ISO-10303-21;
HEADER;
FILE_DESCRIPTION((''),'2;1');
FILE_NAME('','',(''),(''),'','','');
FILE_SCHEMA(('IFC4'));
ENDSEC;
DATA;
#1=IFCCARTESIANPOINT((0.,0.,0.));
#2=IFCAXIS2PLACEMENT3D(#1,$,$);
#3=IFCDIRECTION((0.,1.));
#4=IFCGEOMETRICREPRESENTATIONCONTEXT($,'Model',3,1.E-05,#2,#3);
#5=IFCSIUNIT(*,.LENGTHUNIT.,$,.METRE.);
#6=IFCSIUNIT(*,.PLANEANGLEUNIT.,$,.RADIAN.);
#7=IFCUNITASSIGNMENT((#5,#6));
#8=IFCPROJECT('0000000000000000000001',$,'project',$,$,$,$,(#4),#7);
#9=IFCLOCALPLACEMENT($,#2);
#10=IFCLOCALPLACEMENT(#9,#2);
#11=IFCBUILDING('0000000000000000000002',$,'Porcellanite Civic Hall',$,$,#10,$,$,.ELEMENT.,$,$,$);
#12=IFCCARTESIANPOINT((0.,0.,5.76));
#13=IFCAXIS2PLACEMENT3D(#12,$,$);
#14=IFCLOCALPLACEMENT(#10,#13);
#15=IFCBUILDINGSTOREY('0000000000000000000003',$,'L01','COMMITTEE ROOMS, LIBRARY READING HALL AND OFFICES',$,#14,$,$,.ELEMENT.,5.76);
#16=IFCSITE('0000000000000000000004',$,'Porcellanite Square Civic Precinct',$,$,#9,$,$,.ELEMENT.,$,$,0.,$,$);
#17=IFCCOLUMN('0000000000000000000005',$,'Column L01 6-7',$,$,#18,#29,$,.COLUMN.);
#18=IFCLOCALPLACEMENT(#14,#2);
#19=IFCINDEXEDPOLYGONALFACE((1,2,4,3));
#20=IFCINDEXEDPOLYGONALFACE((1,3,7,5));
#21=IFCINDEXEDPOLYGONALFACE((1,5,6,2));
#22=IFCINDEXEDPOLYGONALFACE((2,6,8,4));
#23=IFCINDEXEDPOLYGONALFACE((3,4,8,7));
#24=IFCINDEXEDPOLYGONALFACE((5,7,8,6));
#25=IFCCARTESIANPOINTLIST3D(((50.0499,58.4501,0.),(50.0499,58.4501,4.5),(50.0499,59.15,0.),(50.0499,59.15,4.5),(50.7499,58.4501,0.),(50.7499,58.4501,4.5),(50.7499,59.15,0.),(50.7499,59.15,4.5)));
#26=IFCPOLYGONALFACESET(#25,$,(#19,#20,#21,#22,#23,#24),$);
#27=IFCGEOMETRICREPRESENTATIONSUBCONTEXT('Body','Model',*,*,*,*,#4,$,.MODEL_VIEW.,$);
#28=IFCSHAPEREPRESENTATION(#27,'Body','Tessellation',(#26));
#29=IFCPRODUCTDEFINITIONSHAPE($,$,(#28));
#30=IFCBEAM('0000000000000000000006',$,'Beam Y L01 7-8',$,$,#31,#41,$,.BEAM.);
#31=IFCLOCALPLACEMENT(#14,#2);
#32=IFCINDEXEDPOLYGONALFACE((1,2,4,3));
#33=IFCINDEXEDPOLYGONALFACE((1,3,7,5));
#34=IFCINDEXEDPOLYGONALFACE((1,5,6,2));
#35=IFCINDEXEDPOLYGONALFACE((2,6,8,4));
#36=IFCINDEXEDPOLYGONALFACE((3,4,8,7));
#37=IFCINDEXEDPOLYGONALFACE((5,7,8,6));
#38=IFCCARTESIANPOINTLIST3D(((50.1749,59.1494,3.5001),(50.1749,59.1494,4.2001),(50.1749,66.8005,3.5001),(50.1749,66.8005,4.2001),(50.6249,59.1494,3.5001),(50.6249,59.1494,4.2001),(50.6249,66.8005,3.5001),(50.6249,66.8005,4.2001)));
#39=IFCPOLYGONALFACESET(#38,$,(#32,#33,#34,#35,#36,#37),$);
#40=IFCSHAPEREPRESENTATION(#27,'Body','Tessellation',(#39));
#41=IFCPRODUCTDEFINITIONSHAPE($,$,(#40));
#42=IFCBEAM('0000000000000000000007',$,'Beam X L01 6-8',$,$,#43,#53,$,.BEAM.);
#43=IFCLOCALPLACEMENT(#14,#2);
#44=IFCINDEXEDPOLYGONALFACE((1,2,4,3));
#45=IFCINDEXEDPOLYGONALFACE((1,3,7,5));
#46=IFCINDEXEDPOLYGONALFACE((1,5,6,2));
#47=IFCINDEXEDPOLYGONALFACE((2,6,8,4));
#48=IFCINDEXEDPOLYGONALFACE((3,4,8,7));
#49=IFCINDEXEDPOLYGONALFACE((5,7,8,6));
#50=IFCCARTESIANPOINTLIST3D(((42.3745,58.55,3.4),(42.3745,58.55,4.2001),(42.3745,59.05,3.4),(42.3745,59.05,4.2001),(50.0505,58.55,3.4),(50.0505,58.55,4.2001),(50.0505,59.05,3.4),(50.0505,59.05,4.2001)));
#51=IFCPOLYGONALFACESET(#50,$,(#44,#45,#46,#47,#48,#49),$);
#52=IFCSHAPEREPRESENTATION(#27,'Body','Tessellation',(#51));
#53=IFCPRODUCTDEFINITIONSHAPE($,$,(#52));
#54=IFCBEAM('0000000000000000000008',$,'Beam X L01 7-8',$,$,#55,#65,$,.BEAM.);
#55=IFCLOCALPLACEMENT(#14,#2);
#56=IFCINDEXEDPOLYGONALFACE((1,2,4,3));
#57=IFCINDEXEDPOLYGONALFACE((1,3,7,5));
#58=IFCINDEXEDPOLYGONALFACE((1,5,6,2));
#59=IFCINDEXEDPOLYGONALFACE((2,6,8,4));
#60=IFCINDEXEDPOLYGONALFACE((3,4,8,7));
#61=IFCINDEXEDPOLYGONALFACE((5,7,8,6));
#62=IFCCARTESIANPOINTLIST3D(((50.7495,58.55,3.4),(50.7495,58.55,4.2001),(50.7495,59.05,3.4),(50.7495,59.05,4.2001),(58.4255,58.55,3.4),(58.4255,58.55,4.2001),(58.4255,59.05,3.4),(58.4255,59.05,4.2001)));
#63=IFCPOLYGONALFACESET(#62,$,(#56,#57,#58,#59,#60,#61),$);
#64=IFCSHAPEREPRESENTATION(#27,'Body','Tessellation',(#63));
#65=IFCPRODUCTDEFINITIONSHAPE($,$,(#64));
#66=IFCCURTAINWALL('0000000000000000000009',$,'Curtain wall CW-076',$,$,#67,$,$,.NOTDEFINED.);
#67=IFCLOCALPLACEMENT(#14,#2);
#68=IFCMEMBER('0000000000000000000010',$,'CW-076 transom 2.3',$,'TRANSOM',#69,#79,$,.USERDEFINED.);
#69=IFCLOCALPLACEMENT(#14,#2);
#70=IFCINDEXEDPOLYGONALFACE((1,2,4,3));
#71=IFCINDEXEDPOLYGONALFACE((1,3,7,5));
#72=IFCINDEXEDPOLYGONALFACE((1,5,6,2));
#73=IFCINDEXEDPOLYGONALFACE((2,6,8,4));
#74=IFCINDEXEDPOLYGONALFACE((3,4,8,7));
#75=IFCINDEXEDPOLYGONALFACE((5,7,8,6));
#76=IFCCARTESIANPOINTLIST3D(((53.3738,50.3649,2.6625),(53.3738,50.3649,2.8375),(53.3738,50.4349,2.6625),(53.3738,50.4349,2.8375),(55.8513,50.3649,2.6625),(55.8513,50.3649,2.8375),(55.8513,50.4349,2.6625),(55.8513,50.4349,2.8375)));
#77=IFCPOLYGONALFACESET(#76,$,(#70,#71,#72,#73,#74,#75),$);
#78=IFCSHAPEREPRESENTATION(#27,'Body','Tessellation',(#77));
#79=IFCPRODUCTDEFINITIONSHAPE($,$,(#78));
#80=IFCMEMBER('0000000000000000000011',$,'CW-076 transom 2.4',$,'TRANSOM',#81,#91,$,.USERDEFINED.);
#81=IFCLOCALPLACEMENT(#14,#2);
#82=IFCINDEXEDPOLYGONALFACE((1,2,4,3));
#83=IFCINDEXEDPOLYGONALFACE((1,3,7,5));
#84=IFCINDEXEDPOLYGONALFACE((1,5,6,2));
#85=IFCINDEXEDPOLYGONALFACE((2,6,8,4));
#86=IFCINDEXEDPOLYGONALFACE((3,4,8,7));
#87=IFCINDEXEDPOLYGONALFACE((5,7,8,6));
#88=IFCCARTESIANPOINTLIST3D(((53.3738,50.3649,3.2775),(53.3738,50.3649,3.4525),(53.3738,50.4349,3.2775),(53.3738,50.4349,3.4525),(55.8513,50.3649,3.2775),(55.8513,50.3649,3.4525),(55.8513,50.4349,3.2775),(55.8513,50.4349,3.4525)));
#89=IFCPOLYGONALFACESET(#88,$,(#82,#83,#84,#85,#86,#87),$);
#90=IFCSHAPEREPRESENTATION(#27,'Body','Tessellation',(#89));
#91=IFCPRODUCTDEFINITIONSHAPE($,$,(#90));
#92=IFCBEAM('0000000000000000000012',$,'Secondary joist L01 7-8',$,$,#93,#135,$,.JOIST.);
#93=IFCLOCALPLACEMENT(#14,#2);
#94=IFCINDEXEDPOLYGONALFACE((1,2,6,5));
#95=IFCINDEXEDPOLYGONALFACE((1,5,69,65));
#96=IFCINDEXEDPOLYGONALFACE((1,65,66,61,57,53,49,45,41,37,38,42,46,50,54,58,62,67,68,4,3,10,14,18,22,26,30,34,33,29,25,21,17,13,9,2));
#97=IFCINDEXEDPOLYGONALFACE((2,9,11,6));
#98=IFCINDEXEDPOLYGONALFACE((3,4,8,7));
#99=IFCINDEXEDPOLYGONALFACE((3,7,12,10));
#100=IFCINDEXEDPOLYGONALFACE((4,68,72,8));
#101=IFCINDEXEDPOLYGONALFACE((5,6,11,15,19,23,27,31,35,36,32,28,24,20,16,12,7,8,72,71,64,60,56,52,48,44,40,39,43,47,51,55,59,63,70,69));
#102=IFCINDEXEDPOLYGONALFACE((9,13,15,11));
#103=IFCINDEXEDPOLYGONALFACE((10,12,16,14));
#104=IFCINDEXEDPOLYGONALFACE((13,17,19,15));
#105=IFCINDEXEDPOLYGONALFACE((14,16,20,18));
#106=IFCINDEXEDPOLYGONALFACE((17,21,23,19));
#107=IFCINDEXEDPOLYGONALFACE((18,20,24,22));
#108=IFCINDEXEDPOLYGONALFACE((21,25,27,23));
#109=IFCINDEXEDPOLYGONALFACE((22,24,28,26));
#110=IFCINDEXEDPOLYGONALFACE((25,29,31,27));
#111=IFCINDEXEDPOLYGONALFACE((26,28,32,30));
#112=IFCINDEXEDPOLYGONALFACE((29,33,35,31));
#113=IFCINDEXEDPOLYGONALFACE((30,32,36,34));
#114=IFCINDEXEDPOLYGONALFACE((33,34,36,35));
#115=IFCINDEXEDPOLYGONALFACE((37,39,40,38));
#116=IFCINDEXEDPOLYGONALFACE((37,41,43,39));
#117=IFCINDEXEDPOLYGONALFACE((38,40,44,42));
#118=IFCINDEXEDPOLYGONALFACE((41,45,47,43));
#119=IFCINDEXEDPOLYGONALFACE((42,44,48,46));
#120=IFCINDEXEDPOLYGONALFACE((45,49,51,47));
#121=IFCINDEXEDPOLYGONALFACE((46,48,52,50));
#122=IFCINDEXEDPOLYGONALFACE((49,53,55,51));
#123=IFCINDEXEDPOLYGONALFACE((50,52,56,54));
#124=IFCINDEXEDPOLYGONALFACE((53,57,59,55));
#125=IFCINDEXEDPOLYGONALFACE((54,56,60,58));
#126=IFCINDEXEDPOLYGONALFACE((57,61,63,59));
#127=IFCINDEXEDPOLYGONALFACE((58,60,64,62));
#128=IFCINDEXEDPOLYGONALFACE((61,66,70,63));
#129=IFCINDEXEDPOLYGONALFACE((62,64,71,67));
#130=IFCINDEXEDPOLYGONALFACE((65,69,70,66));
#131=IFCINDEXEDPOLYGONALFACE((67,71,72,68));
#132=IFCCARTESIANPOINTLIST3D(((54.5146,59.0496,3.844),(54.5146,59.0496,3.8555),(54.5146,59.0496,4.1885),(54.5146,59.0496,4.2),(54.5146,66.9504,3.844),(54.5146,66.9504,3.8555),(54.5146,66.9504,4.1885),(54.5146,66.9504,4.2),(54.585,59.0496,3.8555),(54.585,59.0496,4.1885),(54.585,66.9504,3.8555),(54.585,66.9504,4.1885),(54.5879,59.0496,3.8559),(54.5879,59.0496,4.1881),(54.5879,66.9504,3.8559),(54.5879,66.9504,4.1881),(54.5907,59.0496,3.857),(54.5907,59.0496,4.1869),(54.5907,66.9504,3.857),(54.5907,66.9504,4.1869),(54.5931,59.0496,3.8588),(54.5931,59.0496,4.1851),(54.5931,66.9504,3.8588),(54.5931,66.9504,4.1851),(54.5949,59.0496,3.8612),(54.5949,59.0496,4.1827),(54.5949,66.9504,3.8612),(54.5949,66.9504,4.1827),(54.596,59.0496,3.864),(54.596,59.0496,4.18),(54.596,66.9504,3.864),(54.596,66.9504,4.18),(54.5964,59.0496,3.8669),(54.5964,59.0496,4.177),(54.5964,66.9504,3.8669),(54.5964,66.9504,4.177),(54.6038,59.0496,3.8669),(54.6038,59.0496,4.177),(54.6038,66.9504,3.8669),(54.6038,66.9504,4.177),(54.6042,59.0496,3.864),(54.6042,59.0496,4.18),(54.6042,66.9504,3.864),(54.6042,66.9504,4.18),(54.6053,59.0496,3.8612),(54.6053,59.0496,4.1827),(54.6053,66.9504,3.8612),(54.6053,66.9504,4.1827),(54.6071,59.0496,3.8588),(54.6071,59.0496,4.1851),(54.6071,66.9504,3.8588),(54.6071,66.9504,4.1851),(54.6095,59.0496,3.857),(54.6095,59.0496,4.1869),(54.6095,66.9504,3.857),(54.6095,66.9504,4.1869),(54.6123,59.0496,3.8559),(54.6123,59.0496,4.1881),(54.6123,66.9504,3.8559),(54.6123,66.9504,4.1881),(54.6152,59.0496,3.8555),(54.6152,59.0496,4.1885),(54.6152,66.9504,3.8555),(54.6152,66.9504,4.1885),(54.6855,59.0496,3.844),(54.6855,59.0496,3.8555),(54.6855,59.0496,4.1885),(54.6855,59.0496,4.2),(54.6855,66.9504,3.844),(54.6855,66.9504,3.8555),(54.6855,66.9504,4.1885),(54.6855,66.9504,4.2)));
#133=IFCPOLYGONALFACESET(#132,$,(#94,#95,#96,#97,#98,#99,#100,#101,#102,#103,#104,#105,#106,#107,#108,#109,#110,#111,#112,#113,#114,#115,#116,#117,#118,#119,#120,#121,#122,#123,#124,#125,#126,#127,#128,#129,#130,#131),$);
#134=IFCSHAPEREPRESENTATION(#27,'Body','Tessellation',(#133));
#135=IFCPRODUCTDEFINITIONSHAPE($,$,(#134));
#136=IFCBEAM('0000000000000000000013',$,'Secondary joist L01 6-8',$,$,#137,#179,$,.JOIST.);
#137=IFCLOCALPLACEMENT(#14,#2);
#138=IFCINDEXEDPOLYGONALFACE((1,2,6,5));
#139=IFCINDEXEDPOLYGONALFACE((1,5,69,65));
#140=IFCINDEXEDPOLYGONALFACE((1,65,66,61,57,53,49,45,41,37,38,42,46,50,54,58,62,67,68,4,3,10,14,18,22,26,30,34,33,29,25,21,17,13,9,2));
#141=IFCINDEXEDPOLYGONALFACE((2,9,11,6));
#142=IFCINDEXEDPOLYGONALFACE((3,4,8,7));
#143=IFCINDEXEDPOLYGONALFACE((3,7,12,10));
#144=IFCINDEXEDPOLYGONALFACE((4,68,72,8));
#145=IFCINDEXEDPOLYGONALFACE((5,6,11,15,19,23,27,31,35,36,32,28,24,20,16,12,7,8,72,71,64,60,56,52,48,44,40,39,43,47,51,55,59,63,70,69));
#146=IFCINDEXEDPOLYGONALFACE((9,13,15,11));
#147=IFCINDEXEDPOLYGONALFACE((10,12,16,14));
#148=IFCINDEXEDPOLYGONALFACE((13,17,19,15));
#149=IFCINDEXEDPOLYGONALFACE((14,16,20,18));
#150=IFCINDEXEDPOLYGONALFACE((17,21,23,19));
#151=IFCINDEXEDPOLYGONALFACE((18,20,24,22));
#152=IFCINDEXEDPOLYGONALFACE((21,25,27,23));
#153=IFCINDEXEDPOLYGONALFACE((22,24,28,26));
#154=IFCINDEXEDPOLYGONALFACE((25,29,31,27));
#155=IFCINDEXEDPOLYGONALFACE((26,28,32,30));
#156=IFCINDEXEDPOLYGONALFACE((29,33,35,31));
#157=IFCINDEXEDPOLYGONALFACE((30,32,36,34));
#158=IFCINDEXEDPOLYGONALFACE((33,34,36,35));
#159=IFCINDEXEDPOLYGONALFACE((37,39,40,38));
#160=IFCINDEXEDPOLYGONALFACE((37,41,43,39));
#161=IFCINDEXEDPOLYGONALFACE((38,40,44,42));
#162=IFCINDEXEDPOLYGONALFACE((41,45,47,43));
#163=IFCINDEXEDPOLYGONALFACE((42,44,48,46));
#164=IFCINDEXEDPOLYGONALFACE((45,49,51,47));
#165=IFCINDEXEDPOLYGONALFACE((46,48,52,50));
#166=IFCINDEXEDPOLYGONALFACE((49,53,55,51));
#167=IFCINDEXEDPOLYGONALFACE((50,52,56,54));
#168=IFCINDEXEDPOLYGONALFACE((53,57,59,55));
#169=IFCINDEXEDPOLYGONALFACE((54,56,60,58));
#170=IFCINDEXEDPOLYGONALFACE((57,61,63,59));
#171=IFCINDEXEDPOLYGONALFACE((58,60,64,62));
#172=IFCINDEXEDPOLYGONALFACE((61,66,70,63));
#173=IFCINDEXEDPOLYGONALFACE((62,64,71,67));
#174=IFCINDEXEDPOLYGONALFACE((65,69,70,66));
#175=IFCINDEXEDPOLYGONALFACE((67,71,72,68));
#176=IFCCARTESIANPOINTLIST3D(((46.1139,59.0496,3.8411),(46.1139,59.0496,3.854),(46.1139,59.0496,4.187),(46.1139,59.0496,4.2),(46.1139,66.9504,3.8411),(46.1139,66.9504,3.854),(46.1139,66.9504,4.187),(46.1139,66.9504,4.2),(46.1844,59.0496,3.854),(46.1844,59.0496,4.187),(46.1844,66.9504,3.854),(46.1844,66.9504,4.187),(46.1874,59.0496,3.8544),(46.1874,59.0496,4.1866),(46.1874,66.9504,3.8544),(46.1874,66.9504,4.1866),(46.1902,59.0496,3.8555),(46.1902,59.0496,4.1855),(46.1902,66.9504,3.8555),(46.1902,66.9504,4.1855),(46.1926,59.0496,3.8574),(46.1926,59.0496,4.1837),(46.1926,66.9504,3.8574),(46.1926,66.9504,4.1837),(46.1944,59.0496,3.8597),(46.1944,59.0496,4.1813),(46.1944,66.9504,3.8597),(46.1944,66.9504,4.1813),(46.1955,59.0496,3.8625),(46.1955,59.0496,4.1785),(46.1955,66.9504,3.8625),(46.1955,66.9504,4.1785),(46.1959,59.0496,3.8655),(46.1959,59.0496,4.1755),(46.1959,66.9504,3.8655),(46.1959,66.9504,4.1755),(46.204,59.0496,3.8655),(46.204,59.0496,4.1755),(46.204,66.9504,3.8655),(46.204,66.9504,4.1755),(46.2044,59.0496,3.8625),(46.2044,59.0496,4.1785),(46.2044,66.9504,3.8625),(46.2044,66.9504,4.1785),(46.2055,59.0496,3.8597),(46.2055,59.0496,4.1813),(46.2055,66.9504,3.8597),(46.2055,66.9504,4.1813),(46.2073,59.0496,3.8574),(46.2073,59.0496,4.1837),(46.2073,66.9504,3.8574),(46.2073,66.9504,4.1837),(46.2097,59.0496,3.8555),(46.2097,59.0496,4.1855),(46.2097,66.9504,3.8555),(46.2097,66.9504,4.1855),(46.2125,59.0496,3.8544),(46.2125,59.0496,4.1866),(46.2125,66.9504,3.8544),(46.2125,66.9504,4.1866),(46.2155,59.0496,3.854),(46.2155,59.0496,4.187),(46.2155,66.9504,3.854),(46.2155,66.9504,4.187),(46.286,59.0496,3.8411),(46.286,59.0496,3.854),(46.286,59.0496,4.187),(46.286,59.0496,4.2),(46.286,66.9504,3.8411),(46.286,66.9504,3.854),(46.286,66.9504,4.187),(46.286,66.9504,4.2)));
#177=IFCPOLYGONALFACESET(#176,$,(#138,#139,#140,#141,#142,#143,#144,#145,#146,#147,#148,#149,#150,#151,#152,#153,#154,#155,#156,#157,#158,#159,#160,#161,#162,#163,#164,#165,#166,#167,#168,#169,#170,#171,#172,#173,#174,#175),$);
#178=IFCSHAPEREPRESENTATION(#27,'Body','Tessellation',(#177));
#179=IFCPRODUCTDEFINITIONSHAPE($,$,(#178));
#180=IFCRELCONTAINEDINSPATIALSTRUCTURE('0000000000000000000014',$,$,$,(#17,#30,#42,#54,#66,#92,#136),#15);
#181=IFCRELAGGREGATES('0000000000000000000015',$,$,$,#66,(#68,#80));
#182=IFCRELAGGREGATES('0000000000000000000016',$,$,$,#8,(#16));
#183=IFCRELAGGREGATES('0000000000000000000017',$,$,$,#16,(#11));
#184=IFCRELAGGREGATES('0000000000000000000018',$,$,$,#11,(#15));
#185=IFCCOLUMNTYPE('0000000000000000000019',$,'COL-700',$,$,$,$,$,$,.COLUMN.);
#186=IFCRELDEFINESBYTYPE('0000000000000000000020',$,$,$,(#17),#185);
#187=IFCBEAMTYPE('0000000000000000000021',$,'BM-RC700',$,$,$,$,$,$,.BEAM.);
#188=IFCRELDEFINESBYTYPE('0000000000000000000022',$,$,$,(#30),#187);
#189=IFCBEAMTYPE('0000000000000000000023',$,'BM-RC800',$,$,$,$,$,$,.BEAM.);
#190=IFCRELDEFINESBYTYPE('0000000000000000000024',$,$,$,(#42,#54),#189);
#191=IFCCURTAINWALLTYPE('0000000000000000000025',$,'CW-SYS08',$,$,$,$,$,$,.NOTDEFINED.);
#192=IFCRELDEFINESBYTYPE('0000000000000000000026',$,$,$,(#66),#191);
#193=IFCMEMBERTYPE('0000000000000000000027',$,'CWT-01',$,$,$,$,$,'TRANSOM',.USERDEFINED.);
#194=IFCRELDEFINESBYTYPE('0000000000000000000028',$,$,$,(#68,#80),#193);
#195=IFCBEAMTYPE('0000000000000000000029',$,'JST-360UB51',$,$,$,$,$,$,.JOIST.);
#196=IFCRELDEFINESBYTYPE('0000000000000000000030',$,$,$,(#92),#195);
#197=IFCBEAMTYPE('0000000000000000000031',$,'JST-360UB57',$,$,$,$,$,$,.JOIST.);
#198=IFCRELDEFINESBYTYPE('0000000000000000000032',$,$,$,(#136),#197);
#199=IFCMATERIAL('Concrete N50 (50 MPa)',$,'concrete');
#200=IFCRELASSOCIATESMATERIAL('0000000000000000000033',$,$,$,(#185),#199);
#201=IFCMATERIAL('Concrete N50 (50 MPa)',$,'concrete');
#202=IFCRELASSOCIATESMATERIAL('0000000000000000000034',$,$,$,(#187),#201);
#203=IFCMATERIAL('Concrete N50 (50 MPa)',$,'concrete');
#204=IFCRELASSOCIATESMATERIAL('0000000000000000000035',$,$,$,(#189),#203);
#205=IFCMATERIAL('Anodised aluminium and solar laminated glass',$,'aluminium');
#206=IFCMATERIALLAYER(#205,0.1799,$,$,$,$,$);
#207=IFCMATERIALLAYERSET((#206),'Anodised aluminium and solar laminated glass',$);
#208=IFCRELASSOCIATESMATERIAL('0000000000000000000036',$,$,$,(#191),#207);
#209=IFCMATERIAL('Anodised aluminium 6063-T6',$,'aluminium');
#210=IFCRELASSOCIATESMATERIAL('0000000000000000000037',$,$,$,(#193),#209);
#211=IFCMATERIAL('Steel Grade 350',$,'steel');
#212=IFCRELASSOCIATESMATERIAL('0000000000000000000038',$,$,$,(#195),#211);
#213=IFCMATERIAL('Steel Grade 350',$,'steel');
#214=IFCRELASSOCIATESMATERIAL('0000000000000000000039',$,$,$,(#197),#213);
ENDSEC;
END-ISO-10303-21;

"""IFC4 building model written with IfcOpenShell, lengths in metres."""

from ifc_helpers import new_model, si_unit, direction, frame, origin, origin_2d, place, context, subcontext, project, spatial, rectangle, i_section, extrude, material, layer, layer_set, material_profile, profile_set, type_object, element, aggregate, save


model = new_model("IFC4")

# Units and contexts
model_context = context("Model", 3, precision=1e-05, world=origin(), true_north=direction((0.0, 1.0)))
body_context = subcontext(model_context, "Body", "Model", "MODEL_VIEW")
ifc_project = project(units=[si_unit("LENGTHUNIT", "METRE"), si_unit("PLANEANGLEUNIT", "RADIAN")], contexts=[model_context])

# Site, building, storey
site_placement = place(None, origin())
site = spatial("IfcSite", under=ifc_project, at=site_placement, Name="Porcellanite Square Civic Precinct", CompositionType="ELEMENT", RefElevation=0.0)
building_placement = place(site_placement, origin())
building = spatial("IfcBuilding", under=site, at=building_placement, Name="Porcellanite Civic Hall", CompositionType="ELEMENT")
storey_placement = place(building_placement, frame((0.0, 0.0, 5.76)))
storey = spatial("IfcBuildingStorey", under=building, at=storey_placement, Name="L01", Description="COMMITTEE ROOMS, LIBRARY READING HALL AND OFFICES", CompositionType="ELEMENT", Elevation=5.76)

# Column
ifc_material_1 = material(Name="Concrete N50 (50 MPa)", Category="concrete")
ifc_material_profile_1 = material_profile(ifc_material_1, rectangle(XDim=0.7, YDim=0.7, at=origin_2d()), Name="RC-700x700")
ifc_profile_set_1 = profile_set([ifc_material_profile_1], Name="Concrete N50 (50 MPa)")
column_type = type_object("IfcColumnType", Name="COL-700", PredefinedType="COLUMN", material=ifc_profile_set_1)
column_placement = place(storey_placement, frame((50.3999, 58.8, 0.0), z_axis=(0.0, 0.0, 1.0), x_axis=(1.0, 0.0, 0.0)))
element("IfcColumn", 1, at=column_placement, inside=storey, type_object=column_type, Name="Column L01 6-7", PredefinedType="COLUMN", context=body_context, shape_type="SweptSolid", body=[
    extrude(rectangle(XDim=0.7, YDim=0.7, at=origin_2d()), origin(), (0.0, 0.0, 1.0), 4.5),
])

# Beams
ifc_material_2 = material(Name="Concrete N50 (50 MPa)", Category="concrete")
ifc_material_profile_2 = material_profile(ifc_material_2, rectangle(XDim=0.45, YDim=0.7, at=origin_2d()), Name="RC-450x700")
ifc_profile_set_2 = profile_set([ifc_material_profile_2], Name="Concrete N50 (50 MPa)")
beam_type_1 = type_object("IfcBeamType", Name="BM-RC700", PredefinedType="BEAM", material=ifc_profile_set_2)
beam_1_placement = place(storey_placement, frame((50.3999, 59.1494, 3.8501), z_axis=(0.0, 1.0, 0.0), x_axis=(-1.0, 0.0, 0.0)))
element("IfcBeam", 2, at=beam_1_placement, inside=storey, type_object=beam_type_1, Name="Beam Y L01 7-8", PredefinedType="BEAM", context=body_context, shape_type="SweptSolid", body=[
    extrude(rectangle(XDim=0.45, YDim=0.7, at=origin_2d()), origin(), (0.0, 0.0, 1.0), 7.6511),
])
ifc_material_3 = material(Name="Concrete N50 (50 MPa)", Category="concrete")
ifc_material_profile_3 = material_profile(ifc_material_3, rectangle(XDim=0.5, YDim=0.8, at=origin_2d()), Name="RC-500x800")
ifc_profile_set_3 = profile_set([ifc_material_profile_3], Name="Concrete N50 (50 MPa)")
beam_type_2 = type_object("IfcBeamType", Name="BM-RC800", PredefinedType="BEAM", material=ifc_profile_set_3)
for number, where, z_axis, x_axis, name in (
    (3, (42.3745, 58.8, 3.8), (1.0, 0.0, 0.0), (0.0, 1.0, 0.0), "Beam X L01 6-8"),
    (4, (50.7495, 58.8, 3.8), (1.0, 0.0, 0.0), (0.0, 1.0, 0.0), "Beam X L01 7-8"),
):
    element("IfcBeam", number, at=place(storey_placement, frame(where, z_axis=z_axis, x_axis=x_axis)), inside=storey, type_object=beam_type_2, Name=name, PredefinedType="BEAM", context=body_context, shape_type="SweptSolid", body=[
        extrude(rectangle(XDim=0.5, YDim=0.8, at=origin_2d()), origin(), (0.0, 0.0, 1.0), 7.676),
    ])

# Curtain wall, members
ifc_material_4 = material(Name="Anodised aluminium and solar laminated glass", Category="aluminium")
ifc_layer_1 = layer(ifc_material_4, 0.1799)
ifc_layer_set_1 = layer_set([ifc_layer_1], Name="Anodised aluminium and solar laminated glass")
curtain_wall_type = type_object("IfcCurtainWallType", Name="CW-SYS08", PredefinedType="NOTDEFINED", material=ifc_layer_set_1)
curtain_wall_placement = place(storey_placement, origin())
curtain_wall = element("IfcCurtainWall", 5, at=curtain_wall_placement, inside=storey, type_object=curtain_wall_type, Name="Curtain wall CW-076", PredefinedType="NOTDEFINED")
ifc_material_5 = material(Name="Anodised aluminium 6063-T6", Category="aluminium")
ifc_material_profile_4 = material_profile(ifc_material_5, rectangle(XDim=0.0701, YDim=0.175, at=origin_2d()), Name="AL-70x175")
ifc_profile_set_4 = profile_set([ifc_material_profile_4], Name="Anodised aluminium 6063-T6")
member_type = type_object("IfcMemberType", Name="CWT-01", ElementType="TRANSOM", PredefinedType="USERDEFINED", material=ifc_profile_set_4)
member_1_placement = place(storey_placement, frame((55.8513, 50.3999, 2.75), z_axis=(-1.0, 0.0, 0.0), x_axis=(0.0, -1.0, 0.0)))
member_1 = element("IfcMember", 6, at=member_1_placement, type_object=member_type, Name="CW-076 transom 2.3", ObjectType="TRANSOM", PredefinedType="USERDEFINED", context=body_context, shape_type="SweptSolid", body=[
    extrude(rectangle(XDim=0.0701, YDim=0.175, at=origin_2d()), origin(), (0.0, 0.0, 1.0), 2.4775),
])
member_2_placement = place(storey_placement, frame((55.8513, 50.3999, 3.365), z_axis=(-1.0, 0.0, 0.0), x_axis=(0.0, -1.0, 0.0)))
member_2 = element("IfcMember", 7, at=member_2_placement, type_object=member_type, Name="CW-076 transom 2.4", ObjectType="TRANSOM", PredefinedType="USERDEFINED", context=body_context, shape_type="SweptSolid", body=[
    extrude(rectangle(XDim=0.0701, YDim=0.175, at=origin_2d()), origin(), (0.0, 0.0, 1.0), 2.4775),
])
aggregate(curtain_wall, [member_1, member_2])

# Beams
ifc_material_6 = material(Name="Steel Grade 350", Category="steel")
ifc_material_profile_5 = material_profile(ifc_material_6, i_section(OverallWidth=0.1709, OverallDepth=0.356, WebThickness=0.0073, FlangeThickness=0.0115, FilletRadius=0.0115, at=origin_2d()), Name="360UB50.7")
ifc_profile_set_5 = profile_set([ifc_material_profile_5], Name="Steel Grade 350")
beam_type_3 = type_object("IfcBeamType", Name="JST-360UB51", PredefinedType="JOIST", material=ifc_profile_set_5)
beam_2_placement = place(storey_placement, frame((54.6001, 59.0496, 4.022), z_axis=(0.0, 1.0, 0.0), x_axis=(-1.0, 0.0, 0.0)))
element("IfcBeam", 8, at=beam_2_placement, inside=storey, type_object=beam_type_3, Name="Secondary joist L01 7-8", PredefinedType="JOIST", context=body_context, shape_type="SweptSolid", body=[
    extrude(i_section(OverallWidth=0.1709, OverallDepth=0.356, WebThickness=0.0073, FlangeThickness=0.0115, FilletRadius=0.0115, at=origin_2d()), origin(), (0.0, 0.0, 1.0), 7.9009),
])
ifc_material_7 = material(Name="Steel Grade 350", Category="steel")
ifc_material_profile_6 = material_profile(ifc_material_7, i_section(OverallWidth=0.1721, OverallDepth=0.3589, WebThickness=0.0081, FlangeThickness=0.0129, FilletRadius=0.0115, at=origin_2d()), Name="360UB56.7")
ifc_profile_set_6 = profile_set([ifc_material_profile_6], Name="Steel Grade 350")
beam_type_4 = type_object("IfcBeamType", Name="JST-360UB57", PredefinedType="JOIST", material=ifc_profile_set_6)
beam_3_placement = place(storey_placement, frame((46.2, 59.0496, 4.0205), z_axis=(0.0, 1.0, 0.0), x_axis=(-1.0, 0.0, 0.0)))
element("IfcBeam", 9, at=beam_3_placement, inside=storey, type_object=beam_type_4, Name="Secondary joist L01 6-8", PredefinedType="JOIST", context=body_context, shape_type="SweptSolid", body=[
    extrude(i_section(OverallWidth=0.1721, OverallDepth=0.3589, WebThickness=0.0081, FlangeThickness=0.0129, FilletRadius=0.0115, at=origin_2d()), origin(), (0.0, 0.0, 1.0), 7.9009),
])

save(model, "model.ifc")
